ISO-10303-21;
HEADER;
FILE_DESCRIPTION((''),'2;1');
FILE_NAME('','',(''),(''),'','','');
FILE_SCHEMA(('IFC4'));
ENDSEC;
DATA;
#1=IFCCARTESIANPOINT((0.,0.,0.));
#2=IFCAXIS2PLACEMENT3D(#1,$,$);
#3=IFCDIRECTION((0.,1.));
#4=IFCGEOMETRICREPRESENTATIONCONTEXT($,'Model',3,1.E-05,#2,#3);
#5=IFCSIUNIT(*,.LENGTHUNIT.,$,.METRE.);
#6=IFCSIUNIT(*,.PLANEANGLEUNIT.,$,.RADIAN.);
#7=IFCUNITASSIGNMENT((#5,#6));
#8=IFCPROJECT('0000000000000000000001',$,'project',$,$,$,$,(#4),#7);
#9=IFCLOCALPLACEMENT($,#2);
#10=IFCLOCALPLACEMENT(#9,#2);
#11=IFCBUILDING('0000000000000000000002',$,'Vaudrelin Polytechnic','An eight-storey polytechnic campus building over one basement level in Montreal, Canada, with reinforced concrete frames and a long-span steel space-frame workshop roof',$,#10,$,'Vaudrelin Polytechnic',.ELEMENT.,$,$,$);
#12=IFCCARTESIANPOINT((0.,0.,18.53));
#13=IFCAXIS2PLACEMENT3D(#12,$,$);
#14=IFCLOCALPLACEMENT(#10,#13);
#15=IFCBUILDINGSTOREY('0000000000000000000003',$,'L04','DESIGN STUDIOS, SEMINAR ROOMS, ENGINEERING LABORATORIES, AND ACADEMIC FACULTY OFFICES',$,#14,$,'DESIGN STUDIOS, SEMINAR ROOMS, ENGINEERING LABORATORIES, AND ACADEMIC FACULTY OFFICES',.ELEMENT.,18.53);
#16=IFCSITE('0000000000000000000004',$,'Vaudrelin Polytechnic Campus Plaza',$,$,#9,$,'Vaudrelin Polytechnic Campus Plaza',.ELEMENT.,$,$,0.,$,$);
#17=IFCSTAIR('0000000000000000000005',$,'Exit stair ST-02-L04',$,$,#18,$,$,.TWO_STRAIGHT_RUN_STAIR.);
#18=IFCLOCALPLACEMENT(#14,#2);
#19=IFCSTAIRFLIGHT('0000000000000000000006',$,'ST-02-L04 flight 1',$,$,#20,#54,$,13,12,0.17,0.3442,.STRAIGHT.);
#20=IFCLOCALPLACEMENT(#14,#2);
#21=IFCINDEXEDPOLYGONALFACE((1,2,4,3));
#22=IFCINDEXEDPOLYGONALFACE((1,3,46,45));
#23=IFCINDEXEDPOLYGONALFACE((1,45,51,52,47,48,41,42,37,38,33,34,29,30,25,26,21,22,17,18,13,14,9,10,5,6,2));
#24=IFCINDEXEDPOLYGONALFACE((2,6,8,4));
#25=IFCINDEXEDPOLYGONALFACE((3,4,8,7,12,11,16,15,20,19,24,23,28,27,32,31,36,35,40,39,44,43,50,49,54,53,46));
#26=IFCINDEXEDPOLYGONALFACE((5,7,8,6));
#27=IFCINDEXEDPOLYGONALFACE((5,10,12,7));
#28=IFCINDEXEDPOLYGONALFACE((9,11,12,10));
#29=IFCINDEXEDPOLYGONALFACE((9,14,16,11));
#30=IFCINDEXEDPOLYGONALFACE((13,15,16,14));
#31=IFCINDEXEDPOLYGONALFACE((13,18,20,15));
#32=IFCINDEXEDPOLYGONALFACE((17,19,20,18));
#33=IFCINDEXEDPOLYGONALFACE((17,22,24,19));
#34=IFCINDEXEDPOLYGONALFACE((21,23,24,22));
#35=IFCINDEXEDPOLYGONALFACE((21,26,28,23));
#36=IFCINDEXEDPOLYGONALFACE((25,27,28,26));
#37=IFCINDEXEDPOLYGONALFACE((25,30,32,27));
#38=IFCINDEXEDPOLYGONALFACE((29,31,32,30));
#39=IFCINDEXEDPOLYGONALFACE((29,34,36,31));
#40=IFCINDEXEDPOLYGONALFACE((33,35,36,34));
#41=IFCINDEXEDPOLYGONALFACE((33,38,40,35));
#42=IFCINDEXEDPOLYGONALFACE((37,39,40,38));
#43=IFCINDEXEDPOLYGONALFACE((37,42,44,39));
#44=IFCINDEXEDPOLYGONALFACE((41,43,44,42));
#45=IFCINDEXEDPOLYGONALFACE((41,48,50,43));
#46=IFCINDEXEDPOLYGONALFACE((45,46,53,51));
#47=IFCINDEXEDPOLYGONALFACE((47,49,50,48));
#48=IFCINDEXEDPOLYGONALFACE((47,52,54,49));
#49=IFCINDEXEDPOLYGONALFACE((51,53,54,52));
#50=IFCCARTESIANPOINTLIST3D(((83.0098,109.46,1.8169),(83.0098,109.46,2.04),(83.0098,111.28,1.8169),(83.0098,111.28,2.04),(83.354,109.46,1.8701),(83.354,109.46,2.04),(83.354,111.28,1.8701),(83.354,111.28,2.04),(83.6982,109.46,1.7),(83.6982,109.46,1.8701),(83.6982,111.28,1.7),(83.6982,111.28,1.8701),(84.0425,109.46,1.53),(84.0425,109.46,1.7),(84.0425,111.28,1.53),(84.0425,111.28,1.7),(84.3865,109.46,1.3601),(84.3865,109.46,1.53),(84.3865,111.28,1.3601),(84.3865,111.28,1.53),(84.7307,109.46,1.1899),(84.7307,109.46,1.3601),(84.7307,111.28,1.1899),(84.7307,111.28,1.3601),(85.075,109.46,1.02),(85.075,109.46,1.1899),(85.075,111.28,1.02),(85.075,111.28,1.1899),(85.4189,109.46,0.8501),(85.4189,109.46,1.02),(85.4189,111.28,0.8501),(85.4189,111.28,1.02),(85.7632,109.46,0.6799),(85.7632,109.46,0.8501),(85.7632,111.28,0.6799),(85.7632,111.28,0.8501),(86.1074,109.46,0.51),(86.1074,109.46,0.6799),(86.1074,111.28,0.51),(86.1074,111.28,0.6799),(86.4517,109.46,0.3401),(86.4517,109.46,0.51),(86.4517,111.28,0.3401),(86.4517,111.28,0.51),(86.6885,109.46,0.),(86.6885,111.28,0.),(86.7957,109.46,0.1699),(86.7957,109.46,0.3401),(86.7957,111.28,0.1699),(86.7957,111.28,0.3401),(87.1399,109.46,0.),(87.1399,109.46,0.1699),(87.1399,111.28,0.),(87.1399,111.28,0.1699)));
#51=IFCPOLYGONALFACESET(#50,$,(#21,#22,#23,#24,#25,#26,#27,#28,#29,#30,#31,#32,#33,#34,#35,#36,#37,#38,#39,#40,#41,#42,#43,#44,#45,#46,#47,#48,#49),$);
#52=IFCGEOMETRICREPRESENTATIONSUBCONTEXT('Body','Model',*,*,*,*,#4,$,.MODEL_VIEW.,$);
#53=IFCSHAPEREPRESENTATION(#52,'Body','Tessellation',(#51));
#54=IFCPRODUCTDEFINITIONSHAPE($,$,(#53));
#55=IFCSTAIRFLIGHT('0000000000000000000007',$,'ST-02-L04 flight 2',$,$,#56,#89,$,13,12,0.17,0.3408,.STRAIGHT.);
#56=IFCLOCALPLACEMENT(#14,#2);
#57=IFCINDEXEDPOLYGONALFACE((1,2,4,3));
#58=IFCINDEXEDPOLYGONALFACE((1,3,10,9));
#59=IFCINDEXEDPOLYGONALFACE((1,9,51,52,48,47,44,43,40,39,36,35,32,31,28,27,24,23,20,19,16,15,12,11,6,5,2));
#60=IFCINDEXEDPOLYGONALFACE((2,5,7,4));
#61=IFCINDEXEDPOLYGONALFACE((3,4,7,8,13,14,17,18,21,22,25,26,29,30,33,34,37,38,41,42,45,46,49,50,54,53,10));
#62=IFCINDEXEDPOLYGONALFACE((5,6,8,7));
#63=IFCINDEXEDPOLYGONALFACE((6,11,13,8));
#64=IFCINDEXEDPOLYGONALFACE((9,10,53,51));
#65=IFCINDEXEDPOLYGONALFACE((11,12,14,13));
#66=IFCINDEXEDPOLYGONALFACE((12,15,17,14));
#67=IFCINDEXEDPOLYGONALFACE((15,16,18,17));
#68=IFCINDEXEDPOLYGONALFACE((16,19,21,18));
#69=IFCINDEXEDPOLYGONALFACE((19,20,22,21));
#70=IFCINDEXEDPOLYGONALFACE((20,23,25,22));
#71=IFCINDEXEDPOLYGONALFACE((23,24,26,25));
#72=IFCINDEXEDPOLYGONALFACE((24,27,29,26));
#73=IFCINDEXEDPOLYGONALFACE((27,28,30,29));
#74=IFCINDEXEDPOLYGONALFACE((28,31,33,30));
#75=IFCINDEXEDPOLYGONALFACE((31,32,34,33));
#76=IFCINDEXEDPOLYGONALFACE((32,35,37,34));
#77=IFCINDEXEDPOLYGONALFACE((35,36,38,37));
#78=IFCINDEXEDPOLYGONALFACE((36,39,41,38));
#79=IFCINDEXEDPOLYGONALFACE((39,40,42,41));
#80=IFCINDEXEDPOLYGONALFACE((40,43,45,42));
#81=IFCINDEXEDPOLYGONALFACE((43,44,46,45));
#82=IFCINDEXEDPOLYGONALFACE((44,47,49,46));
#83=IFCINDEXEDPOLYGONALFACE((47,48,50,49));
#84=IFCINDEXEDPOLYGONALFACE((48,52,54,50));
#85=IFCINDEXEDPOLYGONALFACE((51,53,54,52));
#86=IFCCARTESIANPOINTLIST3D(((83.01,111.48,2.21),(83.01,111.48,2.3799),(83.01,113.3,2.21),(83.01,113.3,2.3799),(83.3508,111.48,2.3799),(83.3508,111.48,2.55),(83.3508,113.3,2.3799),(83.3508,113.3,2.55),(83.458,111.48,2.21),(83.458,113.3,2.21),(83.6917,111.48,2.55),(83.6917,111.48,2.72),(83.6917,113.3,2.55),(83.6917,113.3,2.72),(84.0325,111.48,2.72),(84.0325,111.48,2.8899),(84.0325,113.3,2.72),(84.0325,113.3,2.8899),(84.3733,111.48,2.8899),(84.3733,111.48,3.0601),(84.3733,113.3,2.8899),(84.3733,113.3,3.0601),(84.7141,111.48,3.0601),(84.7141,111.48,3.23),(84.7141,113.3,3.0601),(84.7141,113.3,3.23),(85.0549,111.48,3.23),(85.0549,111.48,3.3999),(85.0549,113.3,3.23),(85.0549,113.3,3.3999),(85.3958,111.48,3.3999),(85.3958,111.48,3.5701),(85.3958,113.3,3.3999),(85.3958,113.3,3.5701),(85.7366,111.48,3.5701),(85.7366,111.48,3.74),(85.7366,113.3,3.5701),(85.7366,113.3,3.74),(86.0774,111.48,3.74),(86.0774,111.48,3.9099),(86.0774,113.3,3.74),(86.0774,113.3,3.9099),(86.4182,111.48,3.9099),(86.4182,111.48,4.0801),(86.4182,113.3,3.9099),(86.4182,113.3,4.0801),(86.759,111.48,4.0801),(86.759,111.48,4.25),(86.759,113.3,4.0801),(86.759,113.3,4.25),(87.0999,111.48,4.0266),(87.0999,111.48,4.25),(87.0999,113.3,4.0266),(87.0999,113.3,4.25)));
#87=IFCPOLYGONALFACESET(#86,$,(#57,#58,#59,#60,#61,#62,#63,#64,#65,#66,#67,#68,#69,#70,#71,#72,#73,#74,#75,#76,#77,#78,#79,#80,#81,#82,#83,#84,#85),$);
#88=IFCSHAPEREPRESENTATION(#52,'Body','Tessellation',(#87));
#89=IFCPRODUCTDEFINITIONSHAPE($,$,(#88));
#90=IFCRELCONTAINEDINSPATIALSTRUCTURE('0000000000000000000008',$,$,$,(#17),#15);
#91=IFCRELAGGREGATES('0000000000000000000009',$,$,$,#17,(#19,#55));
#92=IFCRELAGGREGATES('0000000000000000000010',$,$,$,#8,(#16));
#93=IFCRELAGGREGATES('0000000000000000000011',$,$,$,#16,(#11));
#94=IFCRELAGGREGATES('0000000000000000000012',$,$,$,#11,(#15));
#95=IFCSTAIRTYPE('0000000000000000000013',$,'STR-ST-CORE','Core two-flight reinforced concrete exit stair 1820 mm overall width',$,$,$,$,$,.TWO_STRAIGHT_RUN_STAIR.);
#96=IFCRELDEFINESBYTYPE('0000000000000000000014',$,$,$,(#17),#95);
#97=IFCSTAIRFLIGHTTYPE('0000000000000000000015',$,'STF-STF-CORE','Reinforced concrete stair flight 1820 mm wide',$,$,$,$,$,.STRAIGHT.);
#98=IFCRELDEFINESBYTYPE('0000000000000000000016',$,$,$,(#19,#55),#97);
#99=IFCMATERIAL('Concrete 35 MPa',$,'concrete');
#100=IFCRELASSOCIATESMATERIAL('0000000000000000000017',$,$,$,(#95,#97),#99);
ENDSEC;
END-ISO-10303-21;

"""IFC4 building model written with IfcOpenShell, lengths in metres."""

from ifc_helpers import new_model, si_unit, direction, frame, origin, place, context, subcontext, project, spatial, polyline, outline, extrude, material, type_object, element, aggregate, save


model = new_model("IFC4")

# Units and contexts
model_context = context("Model", 3, precision=1e-05, world=origin(), true_north=direction((0.0, 1.0)))
body_context = subcontext(model_context, "Body", "Model", "MODEL_VIEW")
ifc_project = project(units=[si_unit("LENGTHUNIT", "METRE"), si_unit("PLANEANGLEUNIT", "RADIAN")], contexts=[model_context])

# Site, building, storey
site_placement = place(None, origin())
site = spatial("IfcSite", under=ifc_project, at=site_placement, Name="Vaudrelin Polytechnic Campus Plaza", LongName="Vaudrelin Polytechnic Campus Plaza", CompositionType="ELEMENT", RefElevation=0.0)
building_placement = place(site_placement, origin())
building = spatial("IfcBuilding", under=site, at=building_placement, Name="Vaudrelin Polytechnic", Description="An eight-storey polytechnic campus building over one basement level in Montreal, Canada, with reinforced concrete frames and a long-span steel space-frame workshop roof", LongName="Vaudrelin Polytechnic", CompositionType="ELEMENT")
storey_placement = place(building_placement, frame((0.0, 0.0, 18.53)))
storey = spatial("IfcBuildingStorey", under=building, at=storey_placement, Name="L04", Description="DESIGN STUDIOS, SEMINAR ROOMS, ENGINEERING LABORATORIES, AND ACADEMIC FACULTY OFFICES", LongName="DESIGN STUDIOS, SEMINAR ROOMS, ENGINEERING LABORATORIES, AND ACADEMIC FACULTY OFFICES", CompositionType="ELEMENT", Elevation=18.53)

# Stair, stair flights
ifc_material_1 = material(Name="Concrete 35 MPa", Category="concrete")
stair_type = type_object("IfcStairType", Name="STR-ST-CORE", Description="Core two-flight reinforced concrete exit stair 1820 mm overall width", PredefinedType="TWO_STRAIGHT_RUN_STAIR", material=ifc_material_1)
stair_placement = place(storey_placement, origin())
stair = element("IfcStair", 1, at=stair_placement, inside=storey, type_object=stair_type, Name="Exit stair ST-02-L04", PredefinedType="TWO_STRAIGHT_RUN_STAIR")
stair_flight_type = type_object("IfcStairFlightType", Name="STF-STF-CORE", Description="Reinforced concrete stair flight 1820 mm wide", PredefinedType="STRAIGHT", material=ifc_material_1)
stair_flight_1_placement = place(storey_placement, frame((87.1399, 110.3701, 0.0), z_axis=(0.0, 0.0, 1.0), x_axis=(-1.0, 0.0, 0.0)))
stair_flight_1 = element("IfcStairFlight", 2, at=stair_flight_1_placement, type_object=stair_flight_type, Name="ST-02-L04 flight 1", NumberOfRisers=13, NumberOfTreads=12, PredefinedType="STRAIGHT", RiserHeight=0.17, TreadLength=0.3442, context=body_context, shape_type="SweptSolid", body=[
    extrude(outline(polyline([(0.0, 0.0), (0.0, 0.1699), (0.3442, 0.1699), (0.3442, 0.3401), (0.6882, 0.3401), (0.6882, 0.51), (1.0325, 0.51), (1.0325, 0.6799), (1.3767, 0.6799), (1.3767, 0.8501), (1.7209, 0.8501), (1.7209, 1.02), (2.0649, 1.02), (2.0649, 1.1899), (2.4092, 1.1899), (2.4092, 1.3601), (2.7534, 1.3601), (2.7534, 1.53), (3.0974, 1.53), (3.0974, 1.7), (3.4417, 1.7), (3.4417, 1.8701), (3.7859, 1.8701), (3.7859, 2.04), (4.1301, 2.04), (4.1301, 2.21), (4.1301, 1.8169), (0.4514, 0.0), (0.0, 0.0)])), frame((0.0, 0.9102, 0.0), z_axis=(0.0, -1.0, 0.0), x_axis=(1.0, 0.0, 0.0)), (0.0, 0.0, 1.0), 1.8201),
])
stair_flight_2_placement = place(storey_placement, frame((83.01, 112.3899, 2.21), z_axis=(0.0, 0.0, 1.0), x_axis=(1.0, 0.0, 0.0)))
stair_flight_2 = element("IfcStairFlight", 3, at=stair_flight_2_placement, type_object=stair_flight_type, Name="ST-02-L04 flight 2", NumberOfRisers=13, NumberOfTreads=12, PredefinedType="STRAIGHT", RiserHeight=0.17, TreadLength=0.3408, context=body_context, shape_type="SweptSolid", body=[
    extrude(outline(polyline([(0.0, 0.0), (0.0, 0.1699), (0.3408, 0.1699), (0.3408, 0.3401), (0.6816, 0.3401), (0.6816, 0.51), (1.0225, 0.51), (1.0225, 0.6799), (1.3633, 0.6799), (1.3633, 0.8501), (1.7041, 0.8501), (1.7041, 1.02), (2.0449, 1.02), (2.0449, 1.1899), (2.3857, 1.1899), (2.3857, 1.3601), (2.7266, 1.3601), (2.7266, 1.53), (3.0674, 1.53), (3.0674, 1.7), (3.4082, 1.7), (3.4082, 1.8701), (3.749, 1.8701), (3.749, 2.04), (4.0898, 2.04), (4.0898, 2.21), (4.0898, 1.8167), (0.448, 0.0), (0.0, 0.0)])), frame((0.0, 0.9102, 0.0), z_axis=(0.0, -1.0, 0.0), x_axis=(1.0, 0.0, 0.0)), (0.0, 0.0, 1.0), 1.8201),
])
aggregate(stair, [stair_flight_1, stair_flight_2])

save(model, "model.ifc")
